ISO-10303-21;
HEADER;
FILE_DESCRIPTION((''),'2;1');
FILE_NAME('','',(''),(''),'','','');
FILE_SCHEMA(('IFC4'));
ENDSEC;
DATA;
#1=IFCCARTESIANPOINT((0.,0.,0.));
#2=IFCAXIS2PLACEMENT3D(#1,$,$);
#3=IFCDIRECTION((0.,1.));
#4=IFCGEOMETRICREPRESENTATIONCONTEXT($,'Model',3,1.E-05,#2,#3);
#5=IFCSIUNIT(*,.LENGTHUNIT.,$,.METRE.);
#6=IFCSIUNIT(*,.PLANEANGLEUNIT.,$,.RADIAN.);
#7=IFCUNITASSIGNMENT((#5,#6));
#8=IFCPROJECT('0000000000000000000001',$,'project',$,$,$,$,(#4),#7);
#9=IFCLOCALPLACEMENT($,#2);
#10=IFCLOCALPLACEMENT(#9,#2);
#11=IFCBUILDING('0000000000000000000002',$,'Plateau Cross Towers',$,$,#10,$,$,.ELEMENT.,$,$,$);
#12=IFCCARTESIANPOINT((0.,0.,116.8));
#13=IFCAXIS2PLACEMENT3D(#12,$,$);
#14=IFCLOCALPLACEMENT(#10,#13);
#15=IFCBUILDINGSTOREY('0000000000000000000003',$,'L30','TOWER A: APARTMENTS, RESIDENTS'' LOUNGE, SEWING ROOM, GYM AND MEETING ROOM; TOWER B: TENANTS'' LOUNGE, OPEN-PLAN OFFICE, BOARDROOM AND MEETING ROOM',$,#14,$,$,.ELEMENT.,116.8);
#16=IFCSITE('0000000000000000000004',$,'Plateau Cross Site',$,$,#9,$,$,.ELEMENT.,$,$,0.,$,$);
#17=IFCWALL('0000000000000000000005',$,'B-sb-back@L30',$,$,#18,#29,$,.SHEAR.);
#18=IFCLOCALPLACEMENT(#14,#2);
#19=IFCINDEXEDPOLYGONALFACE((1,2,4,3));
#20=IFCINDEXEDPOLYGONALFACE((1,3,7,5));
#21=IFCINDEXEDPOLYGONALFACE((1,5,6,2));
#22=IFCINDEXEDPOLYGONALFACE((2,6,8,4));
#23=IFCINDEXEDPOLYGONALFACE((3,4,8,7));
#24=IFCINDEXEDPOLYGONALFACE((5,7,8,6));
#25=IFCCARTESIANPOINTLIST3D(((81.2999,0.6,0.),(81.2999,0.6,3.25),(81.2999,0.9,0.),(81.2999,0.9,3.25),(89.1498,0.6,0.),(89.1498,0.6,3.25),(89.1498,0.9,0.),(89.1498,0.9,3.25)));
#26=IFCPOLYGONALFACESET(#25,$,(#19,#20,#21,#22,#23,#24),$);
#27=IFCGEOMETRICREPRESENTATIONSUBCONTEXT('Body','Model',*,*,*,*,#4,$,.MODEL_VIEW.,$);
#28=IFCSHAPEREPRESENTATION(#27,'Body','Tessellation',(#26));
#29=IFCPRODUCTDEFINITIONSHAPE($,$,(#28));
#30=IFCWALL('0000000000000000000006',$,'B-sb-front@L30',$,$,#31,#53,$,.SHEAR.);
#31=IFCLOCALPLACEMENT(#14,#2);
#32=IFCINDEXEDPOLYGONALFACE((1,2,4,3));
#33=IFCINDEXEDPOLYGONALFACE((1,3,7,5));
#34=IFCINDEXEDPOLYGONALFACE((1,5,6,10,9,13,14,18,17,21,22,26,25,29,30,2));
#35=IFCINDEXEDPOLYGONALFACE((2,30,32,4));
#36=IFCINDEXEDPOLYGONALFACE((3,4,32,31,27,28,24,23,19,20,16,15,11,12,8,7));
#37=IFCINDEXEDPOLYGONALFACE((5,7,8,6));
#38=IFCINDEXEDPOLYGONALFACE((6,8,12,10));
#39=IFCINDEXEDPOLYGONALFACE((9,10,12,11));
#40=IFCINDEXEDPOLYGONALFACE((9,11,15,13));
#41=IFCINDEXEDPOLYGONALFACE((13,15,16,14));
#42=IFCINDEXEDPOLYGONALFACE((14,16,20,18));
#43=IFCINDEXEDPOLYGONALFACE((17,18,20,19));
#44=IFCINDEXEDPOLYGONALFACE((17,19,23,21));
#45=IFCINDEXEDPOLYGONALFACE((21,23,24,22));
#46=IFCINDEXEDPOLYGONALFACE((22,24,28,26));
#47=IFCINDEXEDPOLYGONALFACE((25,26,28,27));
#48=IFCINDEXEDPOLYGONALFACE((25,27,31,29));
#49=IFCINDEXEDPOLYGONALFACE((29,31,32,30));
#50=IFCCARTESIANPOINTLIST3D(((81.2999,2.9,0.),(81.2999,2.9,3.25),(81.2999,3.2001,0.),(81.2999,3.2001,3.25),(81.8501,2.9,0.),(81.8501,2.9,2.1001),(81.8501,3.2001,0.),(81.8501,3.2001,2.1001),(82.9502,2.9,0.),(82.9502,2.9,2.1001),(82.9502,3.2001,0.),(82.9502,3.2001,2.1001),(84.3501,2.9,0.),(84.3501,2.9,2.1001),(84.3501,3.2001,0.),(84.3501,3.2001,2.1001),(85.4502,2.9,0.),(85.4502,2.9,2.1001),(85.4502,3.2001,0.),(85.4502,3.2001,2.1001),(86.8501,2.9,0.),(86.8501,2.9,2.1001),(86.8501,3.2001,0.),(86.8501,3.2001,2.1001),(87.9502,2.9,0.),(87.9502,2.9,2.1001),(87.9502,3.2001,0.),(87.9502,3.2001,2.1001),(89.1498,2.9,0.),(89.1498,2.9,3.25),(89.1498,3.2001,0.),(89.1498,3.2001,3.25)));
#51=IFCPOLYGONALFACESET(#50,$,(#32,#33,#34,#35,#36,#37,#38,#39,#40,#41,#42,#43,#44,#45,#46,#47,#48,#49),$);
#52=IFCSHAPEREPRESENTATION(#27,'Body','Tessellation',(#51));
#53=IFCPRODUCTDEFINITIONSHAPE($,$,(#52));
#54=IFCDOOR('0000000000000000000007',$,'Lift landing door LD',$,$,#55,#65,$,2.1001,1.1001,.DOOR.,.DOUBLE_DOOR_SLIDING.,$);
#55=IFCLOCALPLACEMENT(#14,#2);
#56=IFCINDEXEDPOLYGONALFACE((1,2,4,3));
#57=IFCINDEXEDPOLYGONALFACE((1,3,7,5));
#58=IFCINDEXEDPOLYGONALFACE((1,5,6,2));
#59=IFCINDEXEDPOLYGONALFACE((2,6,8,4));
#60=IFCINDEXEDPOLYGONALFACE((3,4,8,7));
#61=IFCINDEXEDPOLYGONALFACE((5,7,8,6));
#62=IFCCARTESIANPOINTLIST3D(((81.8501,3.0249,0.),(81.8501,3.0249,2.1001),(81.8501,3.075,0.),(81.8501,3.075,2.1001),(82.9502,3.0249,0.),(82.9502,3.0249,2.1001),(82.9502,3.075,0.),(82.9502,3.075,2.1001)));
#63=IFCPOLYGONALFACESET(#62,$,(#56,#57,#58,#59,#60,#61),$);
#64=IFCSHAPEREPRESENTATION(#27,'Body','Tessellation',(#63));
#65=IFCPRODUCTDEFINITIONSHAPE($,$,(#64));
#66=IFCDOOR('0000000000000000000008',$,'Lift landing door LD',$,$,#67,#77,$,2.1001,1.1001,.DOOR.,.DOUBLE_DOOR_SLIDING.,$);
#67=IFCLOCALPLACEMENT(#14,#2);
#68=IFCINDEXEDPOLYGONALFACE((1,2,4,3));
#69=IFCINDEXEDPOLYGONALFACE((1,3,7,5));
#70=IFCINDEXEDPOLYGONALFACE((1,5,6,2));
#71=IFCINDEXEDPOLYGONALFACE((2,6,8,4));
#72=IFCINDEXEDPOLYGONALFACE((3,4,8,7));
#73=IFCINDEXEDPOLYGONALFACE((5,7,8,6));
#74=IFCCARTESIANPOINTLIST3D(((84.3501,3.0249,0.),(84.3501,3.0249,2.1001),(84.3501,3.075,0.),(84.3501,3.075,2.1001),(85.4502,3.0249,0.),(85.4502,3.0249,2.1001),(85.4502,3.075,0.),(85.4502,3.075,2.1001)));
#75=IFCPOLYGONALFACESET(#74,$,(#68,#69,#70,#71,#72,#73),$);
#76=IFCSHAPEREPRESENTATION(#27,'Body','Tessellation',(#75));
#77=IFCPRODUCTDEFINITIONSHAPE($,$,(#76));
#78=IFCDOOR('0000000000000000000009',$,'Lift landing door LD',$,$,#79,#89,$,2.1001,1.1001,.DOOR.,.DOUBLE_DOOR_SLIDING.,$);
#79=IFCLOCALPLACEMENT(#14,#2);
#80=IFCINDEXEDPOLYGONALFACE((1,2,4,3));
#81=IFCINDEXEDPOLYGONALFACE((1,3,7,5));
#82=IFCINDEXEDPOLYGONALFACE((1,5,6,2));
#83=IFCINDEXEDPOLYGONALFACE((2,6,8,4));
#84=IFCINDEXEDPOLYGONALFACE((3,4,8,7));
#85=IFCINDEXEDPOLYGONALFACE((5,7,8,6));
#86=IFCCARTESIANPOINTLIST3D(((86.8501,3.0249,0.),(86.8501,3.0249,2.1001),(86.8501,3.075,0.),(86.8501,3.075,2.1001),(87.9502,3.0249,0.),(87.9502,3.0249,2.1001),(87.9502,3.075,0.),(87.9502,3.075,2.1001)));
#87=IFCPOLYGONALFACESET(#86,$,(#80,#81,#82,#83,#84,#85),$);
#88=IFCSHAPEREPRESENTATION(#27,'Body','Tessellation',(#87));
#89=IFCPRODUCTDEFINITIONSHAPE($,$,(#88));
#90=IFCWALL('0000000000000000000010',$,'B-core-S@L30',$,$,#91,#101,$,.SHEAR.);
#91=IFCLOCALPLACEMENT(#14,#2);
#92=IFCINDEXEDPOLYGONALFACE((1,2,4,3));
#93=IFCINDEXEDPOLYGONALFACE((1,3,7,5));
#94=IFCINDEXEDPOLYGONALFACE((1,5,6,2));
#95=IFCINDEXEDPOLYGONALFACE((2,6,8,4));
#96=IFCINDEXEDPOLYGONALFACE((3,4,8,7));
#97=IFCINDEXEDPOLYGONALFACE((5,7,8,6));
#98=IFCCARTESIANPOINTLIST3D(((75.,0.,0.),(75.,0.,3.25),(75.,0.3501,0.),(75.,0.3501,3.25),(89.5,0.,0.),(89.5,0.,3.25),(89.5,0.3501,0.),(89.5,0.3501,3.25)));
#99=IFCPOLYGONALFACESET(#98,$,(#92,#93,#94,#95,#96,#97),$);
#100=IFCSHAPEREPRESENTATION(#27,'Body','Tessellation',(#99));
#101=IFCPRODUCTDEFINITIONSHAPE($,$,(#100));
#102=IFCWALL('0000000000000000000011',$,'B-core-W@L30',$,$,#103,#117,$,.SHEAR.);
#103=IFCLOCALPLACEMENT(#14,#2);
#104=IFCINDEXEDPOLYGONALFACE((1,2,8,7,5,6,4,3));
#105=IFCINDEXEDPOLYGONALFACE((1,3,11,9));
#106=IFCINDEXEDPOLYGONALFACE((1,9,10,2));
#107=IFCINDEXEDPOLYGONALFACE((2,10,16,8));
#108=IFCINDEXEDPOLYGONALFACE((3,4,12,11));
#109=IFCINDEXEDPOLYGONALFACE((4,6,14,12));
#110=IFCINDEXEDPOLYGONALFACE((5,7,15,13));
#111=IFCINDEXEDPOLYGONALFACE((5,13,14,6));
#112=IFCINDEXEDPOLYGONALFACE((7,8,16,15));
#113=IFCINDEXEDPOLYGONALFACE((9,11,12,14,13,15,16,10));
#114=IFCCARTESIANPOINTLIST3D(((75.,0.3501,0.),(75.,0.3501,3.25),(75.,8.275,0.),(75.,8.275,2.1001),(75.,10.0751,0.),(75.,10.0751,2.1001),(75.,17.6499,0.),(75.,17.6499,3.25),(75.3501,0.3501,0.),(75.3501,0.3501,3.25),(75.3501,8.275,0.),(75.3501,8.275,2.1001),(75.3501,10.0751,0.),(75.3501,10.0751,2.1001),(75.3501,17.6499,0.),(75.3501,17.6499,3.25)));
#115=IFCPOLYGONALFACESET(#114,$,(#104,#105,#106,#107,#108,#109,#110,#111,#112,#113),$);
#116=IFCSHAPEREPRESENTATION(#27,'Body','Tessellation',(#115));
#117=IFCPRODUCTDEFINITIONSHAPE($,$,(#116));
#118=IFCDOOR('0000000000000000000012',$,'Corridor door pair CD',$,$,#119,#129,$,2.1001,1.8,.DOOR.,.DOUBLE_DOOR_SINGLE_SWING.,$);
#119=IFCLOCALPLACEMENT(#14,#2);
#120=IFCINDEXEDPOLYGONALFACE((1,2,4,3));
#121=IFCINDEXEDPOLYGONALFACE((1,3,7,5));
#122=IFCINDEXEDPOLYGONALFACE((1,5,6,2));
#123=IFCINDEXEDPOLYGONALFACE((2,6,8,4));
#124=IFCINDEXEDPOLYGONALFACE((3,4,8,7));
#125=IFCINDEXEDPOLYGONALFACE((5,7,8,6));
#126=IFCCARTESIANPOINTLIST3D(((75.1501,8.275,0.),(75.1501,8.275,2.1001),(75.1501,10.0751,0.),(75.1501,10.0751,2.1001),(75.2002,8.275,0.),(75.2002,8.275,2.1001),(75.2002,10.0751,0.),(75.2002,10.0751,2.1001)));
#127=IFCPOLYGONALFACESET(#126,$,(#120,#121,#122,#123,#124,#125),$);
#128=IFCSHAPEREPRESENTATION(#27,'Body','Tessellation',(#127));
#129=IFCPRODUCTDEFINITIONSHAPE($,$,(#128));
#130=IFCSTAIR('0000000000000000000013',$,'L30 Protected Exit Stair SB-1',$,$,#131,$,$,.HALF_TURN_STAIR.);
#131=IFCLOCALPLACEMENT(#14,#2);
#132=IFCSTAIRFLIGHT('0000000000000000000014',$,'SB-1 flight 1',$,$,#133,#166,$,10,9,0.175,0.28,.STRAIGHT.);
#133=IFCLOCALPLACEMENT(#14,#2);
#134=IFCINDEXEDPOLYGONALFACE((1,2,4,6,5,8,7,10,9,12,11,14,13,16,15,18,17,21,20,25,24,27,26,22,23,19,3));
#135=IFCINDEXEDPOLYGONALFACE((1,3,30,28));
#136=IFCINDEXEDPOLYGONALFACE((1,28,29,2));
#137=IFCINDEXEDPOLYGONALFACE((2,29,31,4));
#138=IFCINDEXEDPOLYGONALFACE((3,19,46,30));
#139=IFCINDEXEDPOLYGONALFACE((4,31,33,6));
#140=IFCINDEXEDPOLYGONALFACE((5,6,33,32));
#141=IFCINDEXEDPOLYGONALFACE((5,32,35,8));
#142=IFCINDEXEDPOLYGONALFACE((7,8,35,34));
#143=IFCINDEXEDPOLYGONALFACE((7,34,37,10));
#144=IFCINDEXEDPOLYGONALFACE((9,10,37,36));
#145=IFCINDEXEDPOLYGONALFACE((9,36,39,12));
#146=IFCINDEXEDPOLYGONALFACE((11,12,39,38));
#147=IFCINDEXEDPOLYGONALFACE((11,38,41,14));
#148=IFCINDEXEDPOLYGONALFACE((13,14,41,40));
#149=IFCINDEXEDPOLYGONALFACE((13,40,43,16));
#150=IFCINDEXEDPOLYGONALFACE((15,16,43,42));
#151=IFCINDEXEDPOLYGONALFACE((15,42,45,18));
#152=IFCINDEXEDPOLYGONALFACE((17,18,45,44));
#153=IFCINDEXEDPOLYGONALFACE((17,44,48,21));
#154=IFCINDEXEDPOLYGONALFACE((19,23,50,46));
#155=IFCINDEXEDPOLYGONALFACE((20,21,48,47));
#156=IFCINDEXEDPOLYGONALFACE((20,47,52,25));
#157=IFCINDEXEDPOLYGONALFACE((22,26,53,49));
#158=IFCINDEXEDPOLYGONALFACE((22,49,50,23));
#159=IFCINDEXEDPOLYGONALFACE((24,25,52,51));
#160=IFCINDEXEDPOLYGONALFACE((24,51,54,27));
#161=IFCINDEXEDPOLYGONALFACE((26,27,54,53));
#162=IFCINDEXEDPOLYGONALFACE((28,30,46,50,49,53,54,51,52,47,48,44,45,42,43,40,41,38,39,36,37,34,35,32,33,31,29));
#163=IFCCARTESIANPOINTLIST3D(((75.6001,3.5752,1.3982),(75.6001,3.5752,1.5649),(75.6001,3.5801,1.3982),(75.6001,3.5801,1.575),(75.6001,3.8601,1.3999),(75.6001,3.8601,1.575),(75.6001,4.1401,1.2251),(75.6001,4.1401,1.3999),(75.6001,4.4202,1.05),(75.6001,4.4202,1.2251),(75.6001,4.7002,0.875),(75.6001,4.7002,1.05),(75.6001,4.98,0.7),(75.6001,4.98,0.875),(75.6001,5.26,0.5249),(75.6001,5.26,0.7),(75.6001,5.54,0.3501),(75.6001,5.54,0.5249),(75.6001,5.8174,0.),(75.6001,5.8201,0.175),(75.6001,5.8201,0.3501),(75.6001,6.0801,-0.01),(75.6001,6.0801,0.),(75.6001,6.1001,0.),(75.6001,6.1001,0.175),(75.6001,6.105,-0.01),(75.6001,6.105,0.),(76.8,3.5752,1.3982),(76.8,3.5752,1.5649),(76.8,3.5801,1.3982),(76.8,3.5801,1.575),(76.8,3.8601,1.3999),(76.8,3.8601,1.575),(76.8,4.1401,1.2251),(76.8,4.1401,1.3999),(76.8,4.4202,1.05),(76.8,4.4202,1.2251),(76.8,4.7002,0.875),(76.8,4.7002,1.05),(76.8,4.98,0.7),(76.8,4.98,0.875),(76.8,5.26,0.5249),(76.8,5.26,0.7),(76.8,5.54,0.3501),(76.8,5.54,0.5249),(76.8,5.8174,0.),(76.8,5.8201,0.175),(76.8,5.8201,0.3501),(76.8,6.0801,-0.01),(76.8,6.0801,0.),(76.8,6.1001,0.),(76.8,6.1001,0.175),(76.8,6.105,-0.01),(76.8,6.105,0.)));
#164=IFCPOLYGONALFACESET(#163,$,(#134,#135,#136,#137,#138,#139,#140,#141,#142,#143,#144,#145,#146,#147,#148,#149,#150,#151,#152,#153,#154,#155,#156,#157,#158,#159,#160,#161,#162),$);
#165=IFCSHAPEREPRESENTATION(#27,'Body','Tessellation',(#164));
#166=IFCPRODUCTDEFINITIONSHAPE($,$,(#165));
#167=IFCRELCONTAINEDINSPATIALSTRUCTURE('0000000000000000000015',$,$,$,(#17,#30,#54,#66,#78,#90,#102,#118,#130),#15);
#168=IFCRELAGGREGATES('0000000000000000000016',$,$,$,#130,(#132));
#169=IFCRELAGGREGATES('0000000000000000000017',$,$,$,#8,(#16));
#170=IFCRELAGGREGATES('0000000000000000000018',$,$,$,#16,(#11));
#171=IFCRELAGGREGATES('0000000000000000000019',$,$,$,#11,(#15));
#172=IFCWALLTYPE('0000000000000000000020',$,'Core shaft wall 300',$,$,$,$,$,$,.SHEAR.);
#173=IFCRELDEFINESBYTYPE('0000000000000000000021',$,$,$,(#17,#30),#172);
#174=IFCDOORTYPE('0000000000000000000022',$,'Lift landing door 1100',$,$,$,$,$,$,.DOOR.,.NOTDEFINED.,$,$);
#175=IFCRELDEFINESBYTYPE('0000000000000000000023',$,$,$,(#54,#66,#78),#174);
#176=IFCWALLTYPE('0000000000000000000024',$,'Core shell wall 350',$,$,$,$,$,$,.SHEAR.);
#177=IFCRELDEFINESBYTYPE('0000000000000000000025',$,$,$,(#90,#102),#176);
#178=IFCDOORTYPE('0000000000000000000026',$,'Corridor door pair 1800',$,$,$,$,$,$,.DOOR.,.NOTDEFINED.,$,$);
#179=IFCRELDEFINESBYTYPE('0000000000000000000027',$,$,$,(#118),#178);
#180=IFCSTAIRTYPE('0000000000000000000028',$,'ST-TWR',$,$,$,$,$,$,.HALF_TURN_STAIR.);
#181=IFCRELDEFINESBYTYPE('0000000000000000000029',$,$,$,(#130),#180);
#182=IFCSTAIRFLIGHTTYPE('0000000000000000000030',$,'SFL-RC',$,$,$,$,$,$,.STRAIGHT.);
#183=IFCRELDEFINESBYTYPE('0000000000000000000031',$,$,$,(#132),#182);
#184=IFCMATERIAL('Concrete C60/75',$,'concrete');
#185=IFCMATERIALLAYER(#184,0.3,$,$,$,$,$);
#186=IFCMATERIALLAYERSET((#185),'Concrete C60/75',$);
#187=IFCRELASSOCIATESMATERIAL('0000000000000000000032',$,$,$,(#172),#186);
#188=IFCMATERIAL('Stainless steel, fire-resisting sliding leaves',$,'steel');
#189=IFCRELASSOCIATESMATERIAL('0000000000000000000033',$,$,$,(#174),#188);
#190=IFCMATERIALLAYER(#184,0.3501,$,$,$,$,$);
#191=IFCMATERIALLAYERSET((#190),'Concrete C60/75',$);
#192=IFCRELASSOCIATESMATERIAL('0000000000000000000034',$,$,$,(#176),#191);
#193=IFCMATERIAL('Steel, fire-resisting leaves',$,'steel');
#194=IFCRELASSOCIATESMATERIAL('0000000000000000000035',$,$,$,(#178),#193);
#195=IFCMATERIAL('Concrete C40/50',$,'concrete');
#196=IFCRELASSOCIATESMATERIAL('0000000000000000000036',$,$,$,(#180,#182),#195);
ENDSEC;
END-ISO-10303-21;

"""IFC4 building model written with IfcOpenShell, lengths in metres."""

from ifc_helpers import new_model, si_unit, direction, frame, frame_2d, origin, place, context, subcontext, project, spatial, polyline, rectangle, outline, extrude, material, layer, layer_set, type_object, element, fill, aggregate, save


model = new_model("IFC4")

# Units and contexts
model_context = context("Model", 3, precision=1e-05, world=origin(), true_north=direction((0.0, 1.0)))
body_context = subcontext(model_context, "Body", "Model", "MODEL_VIEW")
ifc_project = project(units=[si_unit("LENGTHUNIT", "METRE"), si_unit("PLANEANGLEUNIT", "RADIAN")], contexts=[model_context])

# Site, building, storey
site_placement = place(None, origin())
site = spatial("IfcSite", under=ifc_project, at=site_placement, Name="Plateau Cross Site", CompositionType="ELEMENT", RefElevation=0.0)
building_placement = place(site_placement, origin())
building = spatial("IfcBuilding", under=site, at=building_placement, Name="Plateau Cross Towers", CompositionType="ELEMENT")
storey_placement = place(building_placement, frame((0.0, 0.0, 116.8)))
storey = spatial("IfcBuildingStorey", under=building, at=storey_placement, Name="L30", Description="TOWER A: APARTMENTS, RESIDENTS' LOUNGE, SEWING ROOM, GYM AND MEETING ROOM; TOWER B: TENANTS' LOUNGE, OPEN-PLAN OFFICE, BOARDROOM AND MEETING ROOM", CompositionType="ELEMENT", Elevation=116.8)

# Shared definitions
ifc_material_1 = material(Name="Concrete C60/75", Category="concrete")

# Wall
ifc_layer_1 = layer(ifc_material_1, 0.3)
ifc_layer_set_1 = layer_set([ifc_layer_1], Name="Concrete C60/75")
wall_type_1 = type_object("IfcWallType", Name="Core shaft wall 300", PredefinedType="SHEAR", material=ifc_layer_set_1)
wall_1_placement = place(storey_placement, frame((81.3, 0.75, 0.0), z_axis=(0.0, 0.0, 1.0), x_axis=(1.0, 0.0, 0.0)))
element("IfcWall", 1, at=wall_1_placement, inside=storey, type_object=wall_type_1, Name="B-sb-back@L30", PredefinedType="SHEAR", context=body_context, shape_type="SweptSolid", body=[
    extrude(rectangle(XDim=7.8499, YDim=0.3, at=frame_2d((3.9248, 0.0))), origin(), (0.0, 0.0, 1.0), 3.25),
])

# Wall, openings, doors
wall_2_placement = place(storey_placement, frame((81.3, 3.05, 0.0), z_axis=(0.0, 0.0, 1.0), x_axis=(1.0, 0.0, 0.0)))
wall_2 = element("IfcWall", 2, at=wall_2_placement, inside=storey, type_object=wall_type_1, Name="B-sb-front@L30", PredefinedType="SHEAR", context=body_context, shape_type="SweptSolid", body=[
    extrude(rectangle(XDim=7.8499, YDim=0.3, at=frame_2d((3.9248, 0.0))), origin(), (0.0, 0.0, 1.0), 3.25),
])
opening_1_placement = place(wall_2_placement, frame((0.55, 0.0, 0.0)))
opening_1 = element("IfcOpeningElement", 3, at=opening_1_placement, cuts=wall_2, PredefinedType="OPENING", context=body_context, shape_type="SweptSolid", body=[
    extrude(rectangle(XDim=1.1001, YDim=2.1001, at=frame_2d((0.55, 1.05))), frame((0.0, 0.1599, 0.0), z_axis=(0.0, -1.0, 0.0), x_axis=(1.0, 0.0, 0.0)), (0.0, 0.0, 1.0), 0.3201),
])
opening_2_placement = place(wall_2_placement, frame((3.05, 0.0, 0.0)))
opening_2 = element("IfcOpeningElement", 4, at=opening_2_placement, cuts=wall_2, PredefinedType="OPENING", context=body_context, shape_type="SweptSolid", body=[
    extrude(rectangle(XDim=1.1001, YDim=2.1001, at=frame_2d((0.55, 1.05))), frame((0.0, 0.1599, 0.0), z_axis=(0.0, -1.0, 0.0), x_axis=(1.0, 0.0, 0.0)), (0.0, 0.0, 1.0), 0.3201),
])
opening_3_placement = place(wall_2_placement, frame((5.55, 0.0, 0.0)))
opening_3 = element("IfcOpeningElement", 5, at=opening_3_placement, cuts=wall_2, PredefinedType="OPENING", context=body_context, shape_type="SweptSolid", body=[
    extrude(rectangle(XDim=1.1001, YDim=2.1001, at=frame_2d((0.55, 1.05))), frame((0.0, 0.1599, 0.0), z_axis=(0.0, -1.0, 0.0), x_axis=(1.0, 0.0, 0.0)), (0.0, 0.0, 1.0), 0.3201),
])
ifc_material_2 = material(Name="Stainless steel, fire-resisting sliding leaves", Category="steel")
door_type_1 = type_object("IfcDoorType", Name="Lift landing door 1100", OperationType="NOTDEFINED", PredefinedType="DOOR", material=ifc_material_2)
door_1_placement = place(opening_1_placement, origin())
door_1 = element("IfcDoor", 6, at=door_1_placement, inside=storey, type_object=door_type_1, Name="Lift landing door LD", OperationType="DOUBLE_DOOR_SLIDING", OverallHeight=2.1001, OverallWidth=1.1001, PredefinedType="DOOR", context=body_context, shape_type="SweptSolid", body=[
    extrude(rectangle(XDim=1.1001, YDim=2.1001, at=frame_2d((0.55, 1.05))), frame((0.0, 0.0249, 0.0), z_axis=(0.0, -1.0, 0.0), x_axis=(1.0, 0.0, 0.0)), (0.0, 0.0, 1.0), 0.05),
])
fill(opening_1, door_1)
door_2_placement = place(opening_2_placement, origin())
door_2 = element("IfcDoor", 7, at=door_2_placement, inside=storey, type_object=door_type_1, Name="Lift landing door LD", OperationType="DOUBLE_DOOR_SLIDING", OverallHeight=2.1001, OverallWidth=1.1001, PredefinedType="DOOR", context=body_context, shape_type="SweptSolid", body=[
    extrude(rectangle(XDim=1.1001, YDim=2.1001, at=frame_2d((0.55, 1.05))), frame((0.0, 0.0249, 0.0), z_axis=(0.0, -1.0, 0.0), x_axis=(1.0, 0.0, 0.0)), (0.0, 0.0, 1.0), 0.05),
])
fill(opening_2, door_2)
door_3_placement = place(opening_3_placement, origin())
door_3 = element("IfcDoor", 8, at=door_3_placement, inside=storey, type_object=door_type_1, Name="Lift landing door LD", OperationType="DOUBLE_DOOR_SLIDING", OverallHeight=2.1001, OverallWidth=1.1001, PredefinedType="DOOR", context=body_context, shape_type="SweptSolid", body=[
    extrude(rectangle(XDim=1.1001, YDim=2.1001, at=frame_2d((0.55, 1.05))), frame((0.0, 0.0249, 0.0), z_axis=(0.0, -1.0, 0.0), x_axis=(1.0, 0.0, 0.0)), (0.0, 0.0, 1.0), 0.05),
])
fill(opening_3, door_3)

# Wall
ifc_layer_2 = layer(ifc_material_1, 0.3501)
ifc_layer_set_2 = layer_set([ifc_layer_2], Name="Concrete C60/75")
wall_type_2 = type_object("IfcWallType", Name="Core shell wall 350", PredefinedType="SHEAR", material=ifc_layer_set_2)
wall_3_placement = place(storey_placement, frame((75.0, 0.175, 0.0), z_axis=(0.0, 0.0, 1.0), x_axis=(1.0, 0.0, 0.0)))
element("IfcWall", 9, at=wall_3_placement, inside=storey, type_object=wall_type_2, Name="B-core-S@L30", PredefinedType="SHEAR", context=body_context, shape_type="SweptSolid", body=[
    extrude(rectangle(XDim=14.5, YDim=0.3501, at=frame_2d((7.25, 0.0))), origin(), (0.0, 0.0, 1.0), 3.25),
])

# Wall, opening, door
wall_4_placement = place(storey_placement, frame((75.175, 0.3501, 0.0), z_axis=(0.0, 0.0, 1.0), x_axis=(0.0, 1.0, 0.0)))
wall_4 = element("IfcWall", 10, at=wall_4_placement, inside=storey, type_object=wall_type_2, Name="B-core-W@L30", PredefinedType="SHEAR", context=body_context, shape_type="SweptSolid", body=[
    extrude(rectangle(XDim=17.2998, YDim=0.3501, at=frame_2d((8.6499, 0.0))), origin(), (0.0, 0.0, 1.0), 3.25),
])
opening_4_placement = place(wall_4_placement, frame((7.925, 0.0, 0.0)))
opening_4 = element("IfcOpeningElement", 11, at=opening_4_placement, cuts=wall_4, PredefinedType="OPENING", context=body_context, shape_type="SweptSolid", body=[
    extrude(rectangle(XDim=1.8, YDim=2.1001, at=frame_2d((0.8999, 1.05))), frame((0.0, 0.1851, 0.0), z_axis=(0.0, -1.0, 0.0), x_axis=(1.0, 0.0, 0.0)), (0.0, 0.0, 1.0), 0.3701),
])
ifc_material_3 = material(Name="Steel, fire-resisting leaves", Category="steel")
door_type_2 = type_object("IfcDoorType", Name="Corridor door pair 1800", OperationType="NOTDEFINED", PredefinedType="DOOR", material=ifc_material_3)
door_4_placement = place(opening_4_placement, origin())
door_4 = element("IfcDoor", 12, at=door_4_placement, inside=storey, type_object=door_type_2, Name="Corridor door pair CD", OperationType="DOUBLE_DOOR_SINGLE_SWING", OverallHeight=2.1001, OverallWidth=1.8, PredefinedType="DOOR", context=body_context, shape_type="SweptSolid", body=[
    extrude(rectangle(XDim=1.8, YDim=2.1001, at=frame_2d((0.8999, 1.05))), frame((0.0, 0.0249, 0.0), z_axis=(0.0, -1.0, 0.0), x_axis=(1.0, 0.0, 0.0)), (0.0, 0.0, 1.0), 0.05),
])
fill(opening_4, door_4)

# Stair, stair flight
ifc_material_4 = material(Name="Concrete C40/50", Category="concrete")
stair_type = type_object("IfcStairType", Name="ST-TWR", PredefinedType="HALF_TURN_STAIR", material=ifc_material_4)
stair_1_placement = place(storey_placement, origin())
stair_1 = element("IfcStair", 13, at=stair_1_placement, inside=storey, type_object=stair_type, Name="L30 Protected Exit Stair SB-1", PredefinedType="HALF_TURN_STAIR")
stair_flight_type = type_object("IfcStairFlightType", Name="SFL-RC", PredefinedType="STRAIGHT", material=ifc_material_4)
stair_flight_1_placement = place(storey_placement, frame((76.2, 6.1001, 0.0), z_axis=(0.0, 0.0, 1.0), x_axis=(0.0, -1.0, 0.0)))
stair_flight_1 = element("IfcStairFlight", 14, at=stair_flight_1_placement, type_object=stair_flight_type, Name="SB-1 flight 1", NumberOfRisers=10, NumberOfTreads=9, PredefinedType="STRAIGHT", RiserHeight=0.175, TreadLength=0.28, context=body_context, shape_type="SweptSolid", body=[
    extrude(outline(polyline([(-0.0049, -0.01), (-0.0049, 0.0), (0.0, 0.0), (0.0, 0.175), (0.28, 0.175), (0.28, 0.3501), (0.5601, 0.3501), (0.5601, 0.5249), (0.8401, 0.5249), (0.8401, 0.7), (1.1201, 0.7), (1.1201, 0.875), (1.3999, 0.875), (1.3999, 1.05), (1.6799, 1.05), (1.6799, 1.2251), (1.96, 1.2251), (1.96, 1.3999), (2.24, 1.3999), (2.24, 1.575), (2.52, 1.575), (2.5249, 1.5649), (2.5249, 1.3982), (2.52, 1.3982), (0.2827, 0.0), (0.02, 0.0), (0.02, -0.01), (-0.0049, -0.01)])), frame((0.0, 0.6001, 0.0), z_axis=(0.0, -1.0, 0.0), x_axis=(1.0, 0.0, 0.0)), (0.0, 0.0, 1.0), 1.2),
])
aggregate(stair_1, [stair_flight_1])

save(model, "model.ifc")
